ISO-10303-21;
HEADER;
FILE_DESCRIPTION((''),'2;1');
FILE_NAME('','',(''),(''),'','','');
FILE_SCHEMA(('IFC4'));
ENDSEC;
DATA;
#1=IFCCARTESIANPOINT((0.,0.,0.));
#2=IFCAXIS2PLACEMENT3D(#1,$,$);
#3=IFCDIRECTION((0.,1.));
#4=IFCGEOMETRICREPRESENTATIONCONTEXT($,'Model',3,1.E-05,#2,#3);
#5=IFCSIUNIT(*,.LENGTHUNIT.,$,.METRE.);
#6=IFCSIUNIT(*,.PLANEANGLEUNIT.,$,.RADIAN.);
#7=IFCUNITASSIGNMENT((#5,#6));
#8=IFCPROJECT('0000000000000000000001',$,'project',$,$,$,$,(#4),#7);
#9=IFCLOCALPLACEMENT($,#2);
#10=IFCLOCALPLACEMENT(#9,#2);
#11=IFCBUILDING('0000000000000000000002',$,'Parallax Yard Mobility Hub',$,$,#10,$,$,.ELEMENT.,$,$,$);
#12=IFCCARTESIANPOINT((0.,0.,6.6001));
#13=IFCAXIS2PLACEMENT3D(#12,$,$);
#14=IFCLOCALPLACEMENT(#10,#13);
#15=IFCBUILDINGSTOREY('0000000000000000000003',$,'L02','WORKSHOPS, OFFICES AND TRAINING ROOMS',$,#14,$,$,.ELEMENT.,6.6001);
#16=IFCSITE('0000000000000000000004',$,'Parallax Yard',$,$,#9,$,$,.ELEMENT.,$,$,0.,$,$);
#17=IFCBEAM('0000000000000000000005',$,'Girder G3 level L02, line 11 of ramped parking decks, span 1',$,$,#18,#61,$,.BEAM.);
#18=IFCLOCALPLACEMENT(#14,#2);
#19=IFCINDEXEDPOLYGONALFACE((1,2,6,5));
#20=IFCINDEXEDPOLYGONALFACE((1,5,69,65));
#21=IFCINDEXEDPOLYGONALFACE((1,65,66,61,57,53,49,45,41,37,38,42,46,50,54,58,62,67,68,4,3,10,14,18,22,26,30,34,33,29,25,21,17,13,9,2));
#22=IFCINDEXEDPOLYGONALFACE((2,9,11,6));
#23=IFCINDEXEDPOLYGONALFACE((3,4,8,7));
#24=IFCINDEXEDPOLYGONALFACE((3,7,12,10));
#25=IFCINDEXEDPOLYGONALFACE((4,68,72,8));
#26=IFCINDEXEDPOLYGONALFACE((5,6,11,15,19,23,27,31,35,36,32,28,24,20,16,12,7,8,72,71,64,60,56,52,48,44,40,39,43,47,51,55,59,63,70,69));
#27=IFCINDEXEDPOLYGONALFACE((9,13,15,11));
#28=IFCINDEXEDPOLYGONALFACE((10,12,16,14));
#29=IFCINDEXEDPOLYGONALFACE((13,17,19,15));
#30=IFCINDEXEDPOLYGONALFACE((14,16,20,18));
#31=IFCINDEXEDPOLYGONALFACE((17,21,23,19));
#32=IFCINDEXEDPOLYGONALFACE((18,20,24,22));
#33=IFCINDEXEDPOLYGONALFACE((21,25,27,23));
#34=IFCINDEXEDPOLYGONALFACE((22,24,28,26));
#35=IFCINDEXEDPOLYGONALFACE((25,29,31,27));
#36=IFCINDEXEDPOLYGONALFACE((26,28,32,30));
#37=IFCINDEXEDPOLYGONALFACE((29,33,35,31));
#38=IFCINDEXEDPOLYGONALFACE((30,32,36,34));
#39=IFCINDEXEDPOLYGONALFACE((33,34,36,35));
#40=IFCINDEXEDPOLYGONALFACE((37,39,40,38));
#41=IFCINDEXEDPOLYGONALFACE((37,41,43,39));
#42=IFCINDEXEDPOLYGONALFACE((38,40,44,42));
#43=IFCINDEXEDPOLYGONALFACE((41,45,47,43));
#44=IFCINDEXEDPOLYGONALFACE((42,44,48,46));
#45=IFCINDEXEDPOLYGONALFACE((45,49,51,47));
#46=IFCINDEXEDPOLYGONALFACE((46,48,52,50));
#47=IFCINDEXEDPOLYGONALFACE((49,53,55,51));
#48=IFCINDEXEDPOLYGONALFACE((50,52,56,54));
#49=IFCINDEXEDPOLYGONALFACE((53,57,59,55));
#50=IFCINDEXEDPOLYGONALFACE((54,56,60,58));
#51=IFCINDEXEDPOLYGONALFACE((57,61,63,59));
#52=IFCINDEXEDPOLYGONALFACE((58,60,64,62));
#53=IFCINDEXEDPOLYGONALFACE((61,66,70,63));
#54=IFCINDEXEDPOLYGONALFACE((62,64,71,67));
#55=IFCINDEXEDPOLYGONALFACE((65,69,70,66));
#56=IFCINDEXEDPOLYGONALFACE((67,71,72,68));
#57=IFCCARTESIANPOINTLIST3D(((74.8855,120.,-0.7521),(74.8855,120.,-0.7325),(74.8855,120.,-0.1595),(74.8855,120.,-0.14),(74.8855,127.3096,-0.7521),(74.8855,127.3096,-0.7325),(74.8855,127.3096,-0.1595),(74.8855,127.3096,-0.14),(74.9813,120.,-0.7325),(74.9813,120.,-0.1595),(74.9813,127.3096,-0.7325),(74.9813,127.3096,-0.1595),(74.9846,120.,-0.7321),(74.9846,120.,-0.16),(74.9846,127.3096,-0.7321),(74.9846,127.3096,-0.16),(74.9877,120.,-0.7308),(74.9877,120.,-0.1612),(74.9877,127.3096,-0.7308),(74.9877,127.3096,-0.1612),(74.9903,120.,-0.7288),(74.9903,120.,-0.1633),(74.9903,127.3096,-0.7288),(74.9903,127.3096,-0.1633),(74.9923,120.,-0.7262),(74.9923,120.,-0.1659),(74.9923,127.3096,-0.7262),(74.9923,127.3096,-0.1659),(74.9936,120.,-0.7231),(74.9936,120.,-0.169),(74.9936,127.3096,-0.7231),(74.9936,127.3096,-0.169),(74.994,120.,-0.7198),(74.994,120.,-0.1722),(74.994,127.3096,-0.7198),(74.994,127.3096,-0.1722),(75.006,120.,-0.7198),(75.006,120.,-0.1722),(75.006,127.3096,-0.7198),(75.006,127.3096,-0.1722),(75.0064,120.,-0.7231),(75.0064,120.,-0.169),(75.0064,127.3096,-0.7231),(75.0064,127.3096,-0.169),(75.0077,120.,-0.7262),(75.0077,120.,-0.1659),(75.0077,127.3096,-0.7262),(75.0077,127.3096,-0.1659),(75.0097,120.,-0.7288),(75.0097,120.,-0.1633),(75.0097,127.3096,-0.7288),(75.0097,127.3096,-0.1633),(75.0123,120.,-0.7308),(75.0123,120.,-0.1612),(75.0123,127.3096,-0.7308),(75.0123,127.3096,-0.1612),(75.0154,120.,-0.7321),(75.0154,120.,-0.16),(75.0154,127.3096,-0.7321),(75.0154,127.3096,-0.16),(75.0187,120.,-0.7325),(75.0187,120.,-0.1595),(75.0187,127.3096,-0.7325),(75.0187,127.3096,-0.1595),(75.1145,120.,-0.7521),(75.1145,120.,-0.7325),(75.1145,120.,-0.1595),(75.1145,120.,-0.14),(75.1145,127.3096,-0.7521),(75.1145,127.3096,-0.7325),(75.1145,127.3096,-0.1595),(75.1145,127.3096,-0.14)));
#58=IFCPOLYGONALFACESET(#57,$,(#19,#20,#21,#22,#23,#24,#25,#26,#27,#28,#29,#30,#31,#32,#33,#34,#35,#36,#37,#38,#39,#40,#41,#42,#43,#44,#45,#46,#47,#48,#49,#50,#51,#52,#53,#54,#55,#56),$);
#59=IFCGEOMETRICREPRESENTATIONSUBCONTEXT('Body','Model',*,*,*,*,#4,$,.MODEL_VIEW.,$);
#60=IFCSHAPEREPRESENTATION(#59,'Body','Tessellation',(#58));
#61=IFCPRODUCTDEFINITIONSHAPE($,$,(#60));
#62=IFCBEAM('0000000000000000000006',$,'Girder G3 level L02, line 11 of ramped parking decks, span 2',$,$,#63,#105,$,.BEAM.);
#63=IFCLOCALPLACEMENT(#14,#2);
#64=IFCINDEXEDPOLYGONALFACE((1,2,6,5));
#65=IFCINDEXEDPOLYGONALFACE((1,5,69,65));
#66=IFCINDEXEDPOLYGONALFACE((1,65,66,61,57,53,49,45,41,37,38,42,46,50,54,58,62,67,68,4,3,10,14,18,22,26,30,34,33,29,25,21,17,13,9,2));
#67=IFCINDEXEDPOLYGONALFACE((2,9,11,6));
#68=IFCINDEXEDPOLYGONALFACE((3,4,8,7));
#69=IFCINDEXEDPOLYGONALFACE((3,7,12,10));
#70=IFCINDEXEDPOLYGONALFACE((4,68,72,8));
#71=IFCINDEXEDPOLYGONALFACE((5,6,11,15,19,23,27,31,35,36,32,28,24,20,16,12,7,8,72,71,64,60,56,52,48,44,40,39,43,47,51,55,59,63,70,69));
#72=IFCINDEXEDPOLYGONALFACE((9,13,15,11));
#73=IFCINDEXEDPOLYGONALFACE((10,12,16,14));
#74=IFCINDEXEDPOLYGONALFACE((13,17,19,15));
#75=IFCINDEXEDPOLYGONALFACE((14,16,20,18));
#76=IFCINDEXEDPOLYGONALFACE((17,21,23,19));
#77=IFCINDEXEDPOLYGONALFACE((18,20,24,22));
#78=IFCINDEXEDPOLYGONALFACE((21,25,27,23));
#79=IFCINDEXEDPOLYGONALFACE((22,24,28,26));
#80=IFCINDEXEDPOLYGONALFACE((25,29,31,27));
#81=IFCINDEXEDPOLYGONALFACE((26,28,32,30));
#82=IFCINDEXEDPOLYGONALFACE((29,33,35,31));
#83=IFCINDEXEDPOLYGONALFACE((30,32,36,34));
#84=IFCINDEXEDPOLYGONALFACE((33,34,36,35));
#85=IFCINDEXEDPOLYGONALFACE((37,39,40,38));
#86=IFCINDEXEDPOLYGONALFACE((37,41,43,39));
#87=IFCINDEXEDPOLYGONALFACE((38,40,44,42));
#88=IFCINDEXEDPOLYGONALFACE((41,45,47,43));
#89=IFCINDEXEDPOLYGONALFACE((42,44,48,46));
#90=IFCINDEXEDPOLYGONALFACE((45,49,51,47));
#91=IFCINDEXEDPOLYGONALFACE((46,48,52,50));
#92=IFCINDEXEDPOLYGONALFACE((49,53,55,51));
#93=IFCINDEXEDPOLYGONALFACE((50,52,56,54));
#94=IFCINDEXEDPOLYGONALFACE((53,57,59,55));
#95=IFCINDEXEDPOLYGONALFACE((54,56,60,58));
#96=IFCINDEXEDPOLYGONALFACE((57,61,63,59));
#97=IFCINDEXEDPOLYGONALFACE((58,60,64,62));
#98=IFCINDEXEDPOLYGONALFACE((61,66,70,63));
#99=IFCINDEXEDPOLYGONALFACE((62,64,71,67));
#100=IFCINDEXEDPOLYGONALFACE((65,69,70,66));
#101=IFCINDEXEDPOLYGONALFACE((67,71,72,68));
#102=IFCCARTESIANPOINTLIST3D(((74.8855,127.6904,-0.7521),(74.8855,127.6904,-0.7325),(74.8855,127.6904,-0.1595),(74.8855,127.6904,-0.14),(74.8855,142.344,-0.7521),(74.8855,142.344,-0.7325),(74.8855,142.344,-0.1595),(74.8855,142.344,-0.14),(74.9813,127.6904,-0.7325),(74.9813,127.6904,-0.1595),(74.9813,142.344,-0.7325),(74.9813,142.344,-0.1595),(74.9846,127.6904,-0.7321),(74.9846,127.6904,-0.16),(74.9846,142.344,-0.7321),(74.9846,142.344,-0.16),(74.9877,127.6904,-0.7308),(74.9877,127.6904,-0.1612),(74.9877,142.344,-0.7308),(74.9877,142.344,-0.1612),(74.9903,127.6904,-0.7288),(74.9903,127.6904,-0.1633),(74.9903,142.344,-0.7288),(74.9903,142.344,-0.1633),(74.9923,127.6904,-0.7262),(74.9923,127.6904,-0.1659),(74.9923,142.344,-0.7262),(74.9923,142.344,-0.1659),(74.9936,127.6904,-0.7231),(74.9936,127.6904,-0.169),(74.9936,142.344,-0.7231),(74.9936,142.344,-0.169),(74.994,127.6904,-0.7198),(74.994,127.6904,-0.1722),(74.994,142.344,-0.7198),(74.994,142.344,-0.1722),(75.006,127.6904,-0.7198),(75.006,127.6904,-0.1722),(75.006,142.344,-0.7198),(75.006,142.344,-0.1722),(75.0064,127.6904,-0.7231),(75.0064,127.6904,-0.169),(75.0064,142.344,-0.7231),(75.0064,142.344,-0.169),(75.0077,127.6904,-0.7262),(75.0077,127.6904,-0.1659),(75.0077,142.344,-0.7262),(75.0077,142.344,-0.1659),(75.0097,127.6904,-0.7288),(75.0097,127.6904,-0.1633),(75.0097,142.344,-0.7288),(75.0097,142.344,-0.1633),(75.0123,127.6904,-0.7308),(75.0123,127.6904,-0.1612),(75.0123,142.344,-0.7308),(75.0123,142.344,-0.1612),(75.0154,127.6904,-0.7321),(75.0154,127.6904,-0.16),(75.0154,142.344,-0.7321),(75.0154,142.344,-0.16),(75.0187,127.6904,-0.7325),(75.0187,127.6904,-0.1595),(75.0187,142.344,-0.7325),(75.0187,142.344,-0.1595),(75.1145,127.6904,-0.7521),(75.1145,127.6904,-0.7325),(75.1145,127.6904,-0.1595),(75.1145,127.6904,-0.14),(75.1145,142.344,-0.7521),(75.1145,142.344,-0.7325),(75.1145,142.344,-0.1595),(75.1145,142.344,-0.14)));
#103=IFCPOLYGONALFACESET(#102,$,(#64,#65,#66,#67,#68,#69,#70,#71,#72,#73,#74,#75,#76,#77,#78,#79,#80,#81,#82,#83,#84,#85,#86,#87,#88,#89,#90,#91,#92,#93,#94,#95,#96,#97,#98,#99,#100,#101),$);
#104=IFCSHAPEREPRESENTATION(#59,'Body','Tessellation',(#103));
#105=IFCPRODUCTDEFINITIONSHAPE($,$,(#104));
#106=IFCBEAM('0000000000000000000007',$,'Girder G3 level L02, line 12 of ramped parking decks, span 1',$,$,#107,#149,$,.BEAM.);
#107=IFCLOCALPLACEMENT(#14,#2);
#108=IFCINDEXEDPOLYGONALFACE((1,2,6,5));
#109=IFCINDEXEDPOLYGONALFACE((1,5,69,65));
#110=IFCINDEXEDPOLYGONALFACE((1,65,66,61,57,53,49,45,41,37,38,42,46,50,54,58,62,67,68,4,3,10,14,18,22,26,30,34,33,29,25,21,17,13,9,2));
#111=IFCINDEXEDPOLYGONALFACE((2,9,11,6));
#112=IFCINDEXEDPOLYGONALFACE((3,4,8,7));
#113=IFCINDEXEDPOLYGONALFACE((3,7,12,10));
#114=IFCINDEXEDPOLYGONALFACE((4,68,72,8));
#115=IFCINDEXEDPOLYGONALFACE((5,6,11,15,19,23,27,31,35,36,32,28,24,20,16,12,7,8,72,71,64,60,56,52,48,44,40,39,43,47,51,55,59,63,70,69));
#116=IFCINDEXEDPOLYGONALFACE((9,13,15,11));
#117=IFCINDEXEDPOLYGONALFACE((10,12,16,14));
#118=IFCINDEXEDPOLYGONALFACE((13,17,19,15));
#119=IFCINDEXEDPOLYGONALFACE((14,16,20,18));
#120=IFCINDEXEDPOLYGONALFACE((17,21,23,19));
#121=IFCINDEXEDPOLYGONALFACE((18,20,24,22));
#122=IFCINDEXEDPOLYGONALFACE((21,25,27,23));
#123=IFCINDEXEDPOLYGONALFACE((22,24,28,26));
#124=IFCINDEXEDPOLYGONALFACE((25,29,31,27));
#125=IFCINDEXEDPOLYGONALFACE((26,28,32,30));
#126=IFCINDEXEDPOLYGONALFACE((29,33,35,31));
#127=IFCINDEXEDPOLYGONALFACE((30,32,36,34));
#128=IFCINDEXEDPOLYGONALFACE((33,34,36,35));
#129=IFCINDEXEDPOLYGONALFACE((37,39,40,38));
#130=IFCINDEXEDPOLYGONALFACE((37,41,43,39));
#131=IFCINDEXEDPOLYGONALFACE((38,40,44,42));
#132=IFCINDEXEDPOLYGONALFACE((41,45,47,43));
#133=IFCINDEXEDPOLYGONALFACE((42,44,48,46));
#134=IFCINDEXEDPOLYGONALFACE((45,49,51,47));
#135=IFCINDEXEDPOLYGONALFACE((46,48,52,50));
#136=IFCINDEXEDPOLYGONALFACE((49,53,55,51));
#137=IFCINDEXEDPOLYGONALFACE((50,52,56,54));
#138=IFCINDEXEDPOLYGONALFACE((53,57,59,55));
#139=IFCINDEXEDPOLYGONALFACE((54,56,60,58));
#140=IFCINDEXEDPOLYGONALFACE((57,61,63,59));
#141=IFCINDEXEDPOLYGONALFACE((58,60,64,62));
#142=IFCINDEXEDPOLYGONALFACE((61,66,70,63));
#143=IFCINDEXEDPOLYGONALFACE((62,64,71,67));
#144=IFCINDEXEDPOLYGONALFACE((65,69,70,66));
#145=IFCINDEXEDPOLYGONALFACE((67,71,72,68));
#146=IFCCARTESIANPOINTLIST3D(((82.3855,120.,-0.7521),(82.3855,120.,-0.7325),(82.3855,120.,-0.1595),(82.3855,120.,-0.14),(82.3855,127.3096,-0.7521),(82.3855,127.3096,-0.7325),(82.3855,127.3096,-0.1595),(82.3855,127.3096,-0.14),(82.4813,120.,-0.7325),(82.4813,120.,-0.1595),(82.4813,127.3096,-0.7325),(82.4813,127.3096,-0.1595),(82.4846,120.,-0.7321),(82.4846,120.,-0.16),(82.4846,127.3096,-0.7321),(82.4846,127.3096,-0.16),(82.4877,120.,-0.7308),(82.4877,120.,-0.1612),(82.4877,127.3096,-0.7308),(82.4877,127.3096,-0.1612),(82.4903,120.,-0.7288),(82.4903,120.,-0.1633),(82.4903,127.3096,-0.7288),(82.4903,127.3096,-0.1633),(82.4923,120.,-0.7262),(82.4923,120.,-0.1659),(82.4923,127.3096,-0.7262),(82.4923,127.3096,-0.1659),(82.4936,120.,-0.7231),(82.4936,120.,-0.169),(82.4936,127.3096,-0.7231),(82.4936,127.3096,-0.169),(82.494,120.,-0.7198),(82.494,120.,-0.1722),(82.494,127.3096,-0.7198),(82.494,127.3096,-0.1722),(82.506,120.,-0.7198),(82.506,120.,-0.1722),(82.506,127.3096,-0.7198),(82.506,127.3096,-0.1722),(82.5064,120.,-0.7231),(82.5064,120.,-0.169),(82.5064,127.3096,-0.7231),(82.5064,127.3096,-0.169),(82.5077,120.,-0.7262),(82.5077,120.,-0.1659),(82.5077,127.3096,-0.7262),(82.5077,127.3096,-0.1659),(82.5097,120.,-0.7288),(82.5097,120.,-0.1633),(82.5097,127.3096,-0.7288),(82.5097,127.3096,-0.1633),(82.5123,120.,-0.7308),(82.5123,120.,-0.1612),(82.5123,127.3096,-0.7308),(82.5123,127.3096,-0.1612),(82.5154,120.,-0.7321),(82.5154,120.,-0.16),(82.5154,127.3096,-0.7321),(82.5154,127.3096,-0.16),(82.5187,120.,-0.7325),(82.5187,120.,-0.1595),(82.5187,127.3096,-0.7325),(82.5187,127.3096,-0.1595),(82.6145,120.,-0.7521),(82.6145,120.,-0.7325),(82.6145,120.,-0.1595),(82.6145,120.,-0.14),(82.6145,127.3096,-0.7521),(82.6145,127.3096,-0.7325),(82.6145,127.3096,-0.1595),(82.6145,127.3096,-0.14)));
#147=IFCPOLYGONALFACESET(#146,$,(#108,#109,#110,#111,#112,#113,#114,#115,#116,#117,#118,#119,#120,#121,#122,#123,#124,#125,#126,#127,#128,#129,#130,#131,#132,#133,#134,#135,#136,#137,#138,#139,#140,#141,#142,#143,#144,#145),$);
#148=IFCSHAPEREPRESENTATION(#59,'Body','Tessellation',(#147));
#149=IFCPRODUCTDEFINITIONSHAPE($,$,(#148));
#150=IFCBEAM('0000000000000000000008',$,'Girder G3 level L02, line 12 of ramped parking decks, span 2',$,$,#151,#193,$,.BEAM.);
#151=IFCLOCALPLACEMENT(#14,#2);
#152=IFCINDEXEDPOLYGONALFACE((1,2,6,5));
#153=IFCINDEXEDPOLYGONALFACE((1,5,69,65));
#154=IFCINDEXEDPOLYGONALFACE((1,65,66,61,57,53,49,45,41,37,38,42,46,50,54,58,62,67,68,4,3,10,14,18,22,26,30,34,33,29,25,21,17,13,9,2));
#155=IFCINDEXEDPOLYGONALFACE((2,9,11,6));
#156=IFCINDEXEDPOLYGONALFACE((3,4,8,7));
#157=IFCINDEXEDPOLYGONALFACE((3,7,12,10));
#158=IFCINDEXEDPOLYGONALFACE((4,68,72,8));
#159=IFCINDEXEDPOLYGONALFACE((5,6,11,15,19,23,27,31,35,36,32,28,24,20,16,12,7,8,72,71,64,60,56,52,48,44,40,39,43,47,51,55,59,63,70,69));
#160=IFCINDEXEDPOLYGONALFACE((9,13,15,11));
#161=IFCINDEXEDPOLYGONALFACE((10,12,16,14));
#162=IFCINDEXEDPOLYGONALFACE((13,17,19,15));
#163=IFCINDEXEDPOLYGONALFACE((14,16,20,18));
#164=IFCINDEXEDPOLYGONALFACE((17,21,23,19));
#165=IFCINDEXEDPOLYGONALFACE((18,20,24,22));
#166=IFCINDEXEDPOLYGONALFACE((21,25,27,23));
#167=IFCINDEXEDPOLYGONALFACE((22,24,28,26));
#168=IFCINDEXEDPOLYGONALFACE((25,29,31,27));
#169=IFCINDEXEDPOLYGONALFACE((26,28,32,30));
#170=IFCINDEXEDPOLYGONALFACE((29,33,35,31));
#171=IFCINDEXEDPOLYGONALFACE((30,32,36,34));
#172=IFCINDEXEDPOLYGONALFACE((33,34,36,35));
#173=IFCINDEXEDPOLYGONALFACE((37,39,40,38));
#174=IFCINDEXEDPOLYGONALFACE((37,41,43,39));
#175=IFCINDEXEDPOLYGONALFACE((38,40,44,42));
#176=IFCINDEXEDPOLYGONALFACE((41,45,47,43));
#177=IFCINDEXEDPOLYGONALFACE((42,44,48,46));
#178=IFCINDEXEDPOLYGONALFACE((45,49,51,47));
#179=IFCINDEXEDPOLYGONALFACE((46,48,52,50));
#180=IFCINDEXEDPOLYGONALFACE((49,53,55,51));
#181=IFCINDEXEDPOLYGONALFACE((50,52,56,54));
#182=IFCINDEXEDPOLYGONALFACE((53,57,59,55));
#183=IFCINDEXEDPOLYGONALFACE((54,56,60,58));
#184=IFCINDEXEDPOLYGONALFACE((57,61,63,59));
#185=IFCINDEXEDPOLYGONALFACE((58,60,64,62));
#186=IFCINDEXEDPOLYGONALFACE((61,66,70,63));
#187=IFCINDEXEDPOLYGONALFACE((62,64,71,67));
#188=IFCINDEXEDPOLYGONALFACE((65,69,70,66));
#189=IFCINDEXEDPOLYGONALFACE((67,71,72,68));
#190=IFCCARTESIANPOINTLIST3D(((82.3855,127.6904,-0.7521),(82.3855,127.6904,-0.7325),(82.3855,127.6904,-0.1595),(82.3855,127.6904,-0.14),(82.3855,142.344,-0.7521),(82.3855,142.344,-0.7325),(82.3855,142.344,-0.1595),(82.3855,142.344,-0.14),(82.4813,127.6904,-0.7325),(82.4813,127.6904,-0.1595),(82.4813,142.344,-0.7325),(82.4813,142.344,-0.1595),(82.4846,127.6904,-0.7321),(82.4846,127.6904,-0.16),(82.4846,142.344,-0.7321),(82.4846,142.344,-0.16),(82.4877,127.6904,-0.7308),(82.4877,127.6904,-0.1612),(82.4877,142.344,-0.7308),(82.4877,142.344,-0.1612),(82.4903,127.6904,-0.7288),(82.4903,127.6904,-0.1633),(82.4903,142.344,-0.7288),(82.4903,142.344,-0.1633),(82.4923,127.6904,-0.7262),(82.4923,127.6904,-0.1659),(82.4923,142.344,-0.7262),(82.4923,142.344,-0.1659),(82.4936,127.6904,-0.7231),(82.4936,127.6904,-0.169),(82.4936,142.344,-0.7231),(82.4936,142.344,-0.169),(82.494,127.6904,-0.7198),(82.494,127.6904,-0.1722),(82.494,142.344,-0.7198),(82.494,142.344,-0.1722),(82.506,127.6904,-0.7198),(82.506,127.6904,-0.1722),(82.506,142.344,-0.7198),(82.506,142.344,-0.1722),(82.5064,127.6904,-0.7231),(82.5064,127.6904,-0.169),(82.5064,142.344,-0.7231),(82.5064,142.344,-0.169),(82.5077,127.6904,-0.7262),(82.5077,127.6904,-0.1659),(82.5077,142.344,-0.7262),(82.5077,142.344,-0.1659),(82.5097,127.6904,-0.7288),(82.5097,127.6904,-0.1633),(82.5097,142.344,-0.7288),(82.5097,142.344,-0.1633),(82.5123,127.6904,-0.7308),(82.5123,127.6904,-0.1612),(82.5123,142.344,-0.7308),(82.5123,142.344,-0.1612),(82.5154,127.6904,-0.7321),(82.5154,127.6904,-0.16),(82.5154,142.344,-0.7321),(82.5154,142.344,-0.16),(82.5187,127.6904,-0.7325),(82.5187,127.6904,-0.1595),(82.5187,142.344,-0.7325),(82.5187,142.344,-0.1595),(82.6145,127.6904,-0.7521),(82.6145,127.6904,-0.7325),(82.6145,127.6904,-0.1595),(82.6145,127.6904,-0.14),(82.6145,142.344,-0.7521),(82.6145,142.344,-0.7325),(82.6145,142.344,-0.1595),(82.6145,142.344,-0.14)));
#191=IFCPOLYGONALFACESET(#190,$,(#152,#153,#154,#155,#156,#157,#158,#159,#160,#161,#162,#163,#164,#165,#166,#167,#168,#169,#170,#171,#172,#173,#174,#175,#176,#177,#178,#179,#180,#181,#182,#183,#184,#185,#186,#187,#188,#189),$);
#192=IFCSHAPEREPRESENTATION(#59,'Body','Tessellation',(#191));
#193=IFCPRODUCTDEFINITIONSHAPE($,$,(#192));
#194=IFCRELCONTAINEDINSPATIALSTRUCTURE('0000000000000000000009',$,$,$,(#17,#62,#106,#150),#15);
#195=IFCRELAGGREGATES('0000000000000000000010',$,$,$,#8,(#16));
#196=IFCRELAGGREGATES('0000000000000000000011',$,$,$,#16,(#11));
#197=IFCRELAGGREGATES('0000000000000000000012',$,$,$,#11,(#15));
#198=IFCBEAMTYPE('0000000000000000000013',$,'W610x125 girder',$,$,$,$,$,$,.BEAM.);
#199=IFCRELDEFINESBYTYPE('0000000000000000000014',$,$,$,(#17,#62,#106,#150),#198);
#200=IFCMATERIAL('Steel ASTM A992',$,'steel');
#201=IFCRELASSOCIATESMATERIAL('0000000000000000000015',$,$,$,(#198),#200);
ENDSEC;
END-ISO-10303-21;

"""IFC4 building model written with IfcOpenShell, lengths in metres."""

from ifc_helpers import new_model, si_unit, direction, frame, origin, origin_2d, place, context, subcontext, project, spatial, i_section, extrude, material, material_profile, profile_set, type_object, element, save


model = new_model("IFC4")

# Units and contexts
model_context = context("Model", 3, precision=1e-05, world=origin(), true_north=direction((0.0, 1.0)))
body_context = subcontext(model_context, "Body", "Model", "MODEL_VIEW")
ifc_project = project(units=[si_unit("LENGTHUNIT", "METRE"), si_unit("PLANEANGLEUNIT", "RADIAN")], contexts=[model_context])

# Site, building, storey
site_placement = place(None, origin())
site = spatial("IfcSite", under=ifc_project, at=site_placement, Name="Parallax Yard", CompositionType="ELEMENT", RefElevation=0.0)
building_placement = place(site_placement, origin())
building = spatial("IfcBuilding", under=site, at=building_placement, Name="Parallax Yard Mobility Hub", CompositionType="ELEMENT")
storey_placement = place(building_placement, frame((0.0, 0.0, 6.6001)))
storey = spatial("IfcBuildingStorey", under=building, at=storey_placement, Name="L02", Description="WORKSHOPS, OFFICES AND TRAINING ROOMS", CompositionType="ELEMENT", Elevation=6.6001)

# Shared definitions
ifc_material_1 = material(Name="Steel ASTM A992", Category="steel")

# Beams
ifc_material_profile_1 = material_profile(ifc_material_1, i_section(OverallWidth=0.229, OverallDepth=0.6121, WebThickness=0.012, FlangeThickness=0.0195, FilletRadius=0.0127, at=origin_2d()), Name="W610x125")
ifc_profile_set_1 = profile_set([ifc_material_profile_1], Name="Steel ASTM A992")
beam_type_1 = type_object("IfcBeamType", Name="W610x125 girder", PredefinedType="BEAM", material=ifc_profile_set_1)
beam_1_placement = place(storey_placement, frame((75.0, 120.0, -0.446), z_axis=(0.0, 1.0, 0.0), x_axis=(-1.0, 0.0, 0.0)))
element("IfcBeam", 1, at=beam_1_placement, inside=storey, type_object=beam_type_1, Name="Girder G3 level L02, line 11 of ramped parking decks, span 1", PredefinedType="BEAM", context=body_context, shape_type="SweptSolid", body=[
    extrude(i_section(OverallWidth=0.229, OverallDepth=0.6121, WebThickness=0.012, FlangeThickness=0.0195, FilletRadius=0.0127, at=origin_2d()), origin(), (0.0, 0.0, 1.0), 7.3096),
])
beam_2_placement = place(storey_placement, frame((75.0, 127.6904, -0.446), z_axis=(0.0, 1.0, 0.0), x_axis=(-1.0, 0.0, 0.0)))
element("IfcBeam", 2, at=beam_2_placement, inside=storey, type_object=beam_type_1, Name="Girder G3 level L02, line 11 of ramped parking decks, span 2", PredefinedType="BEAM", context=body_context, shape_type="SweptSolid", body=[
    extrude(i_section(OverallWidth=0.229, OverallDepth=0.6121, WebThickness=0.012, FlangeThickness=0.0195, FilletRadius=0.0127, at=origin_2d()), origin(), (0.0, 0.0, 1.0), 14.6536),
])
beam_3_placement = place(storey_placement, frame((82.5, 120.0, -0.446), z_axis=(0.0, 1.0, 0.0), x_axis=(-1.0, 0.0, 0.0)))
element("IfcBeam", 3, at=beam_3_placement, inside=storey, type_object=beam_type_1, Name="Girder G3 level L02, line 12 of ramped parking decks, span 1", PredefinedType="BEAM", context=body_context, shape_type="SweptSolid", body=[
    extrude(i_section(OverallWidth=0.229, OverallDepth=0.6121, WebThickness=0.012, FlangeThickness=0.0195, FilletRadius=0.0127, at=origin_2d()), origin(), (0.0, 0.0, 1.0), 7.3096),
])
beam_4_placement = place(storey_placement, frame((82.5, 127.6904, -0.446), z_axis=(0.0, 1.0, 0.0), x_axis=(-1.0, 0.0, 0.0)))
element("IfcBeam", 4, at=beam_4_placement, inside=storey, type_object=beam_type_1, Name="Girder G3 level L02, line 12 of ramped parking decks, span 2", PredefinedType="BEAM", context=body_context, shape_type="SweptSolid", body=[
    extrude(i_section(OverallWidth=0.229, OverallDepth=0.6121, WebThickness=0.012, FlangeThickness=0.0195, FilletRadius=0.0127, at=origin_2d()), origin(), (0.0, 0.0, 1.0), 14.6536),
])

save(model, "model.ifc")
